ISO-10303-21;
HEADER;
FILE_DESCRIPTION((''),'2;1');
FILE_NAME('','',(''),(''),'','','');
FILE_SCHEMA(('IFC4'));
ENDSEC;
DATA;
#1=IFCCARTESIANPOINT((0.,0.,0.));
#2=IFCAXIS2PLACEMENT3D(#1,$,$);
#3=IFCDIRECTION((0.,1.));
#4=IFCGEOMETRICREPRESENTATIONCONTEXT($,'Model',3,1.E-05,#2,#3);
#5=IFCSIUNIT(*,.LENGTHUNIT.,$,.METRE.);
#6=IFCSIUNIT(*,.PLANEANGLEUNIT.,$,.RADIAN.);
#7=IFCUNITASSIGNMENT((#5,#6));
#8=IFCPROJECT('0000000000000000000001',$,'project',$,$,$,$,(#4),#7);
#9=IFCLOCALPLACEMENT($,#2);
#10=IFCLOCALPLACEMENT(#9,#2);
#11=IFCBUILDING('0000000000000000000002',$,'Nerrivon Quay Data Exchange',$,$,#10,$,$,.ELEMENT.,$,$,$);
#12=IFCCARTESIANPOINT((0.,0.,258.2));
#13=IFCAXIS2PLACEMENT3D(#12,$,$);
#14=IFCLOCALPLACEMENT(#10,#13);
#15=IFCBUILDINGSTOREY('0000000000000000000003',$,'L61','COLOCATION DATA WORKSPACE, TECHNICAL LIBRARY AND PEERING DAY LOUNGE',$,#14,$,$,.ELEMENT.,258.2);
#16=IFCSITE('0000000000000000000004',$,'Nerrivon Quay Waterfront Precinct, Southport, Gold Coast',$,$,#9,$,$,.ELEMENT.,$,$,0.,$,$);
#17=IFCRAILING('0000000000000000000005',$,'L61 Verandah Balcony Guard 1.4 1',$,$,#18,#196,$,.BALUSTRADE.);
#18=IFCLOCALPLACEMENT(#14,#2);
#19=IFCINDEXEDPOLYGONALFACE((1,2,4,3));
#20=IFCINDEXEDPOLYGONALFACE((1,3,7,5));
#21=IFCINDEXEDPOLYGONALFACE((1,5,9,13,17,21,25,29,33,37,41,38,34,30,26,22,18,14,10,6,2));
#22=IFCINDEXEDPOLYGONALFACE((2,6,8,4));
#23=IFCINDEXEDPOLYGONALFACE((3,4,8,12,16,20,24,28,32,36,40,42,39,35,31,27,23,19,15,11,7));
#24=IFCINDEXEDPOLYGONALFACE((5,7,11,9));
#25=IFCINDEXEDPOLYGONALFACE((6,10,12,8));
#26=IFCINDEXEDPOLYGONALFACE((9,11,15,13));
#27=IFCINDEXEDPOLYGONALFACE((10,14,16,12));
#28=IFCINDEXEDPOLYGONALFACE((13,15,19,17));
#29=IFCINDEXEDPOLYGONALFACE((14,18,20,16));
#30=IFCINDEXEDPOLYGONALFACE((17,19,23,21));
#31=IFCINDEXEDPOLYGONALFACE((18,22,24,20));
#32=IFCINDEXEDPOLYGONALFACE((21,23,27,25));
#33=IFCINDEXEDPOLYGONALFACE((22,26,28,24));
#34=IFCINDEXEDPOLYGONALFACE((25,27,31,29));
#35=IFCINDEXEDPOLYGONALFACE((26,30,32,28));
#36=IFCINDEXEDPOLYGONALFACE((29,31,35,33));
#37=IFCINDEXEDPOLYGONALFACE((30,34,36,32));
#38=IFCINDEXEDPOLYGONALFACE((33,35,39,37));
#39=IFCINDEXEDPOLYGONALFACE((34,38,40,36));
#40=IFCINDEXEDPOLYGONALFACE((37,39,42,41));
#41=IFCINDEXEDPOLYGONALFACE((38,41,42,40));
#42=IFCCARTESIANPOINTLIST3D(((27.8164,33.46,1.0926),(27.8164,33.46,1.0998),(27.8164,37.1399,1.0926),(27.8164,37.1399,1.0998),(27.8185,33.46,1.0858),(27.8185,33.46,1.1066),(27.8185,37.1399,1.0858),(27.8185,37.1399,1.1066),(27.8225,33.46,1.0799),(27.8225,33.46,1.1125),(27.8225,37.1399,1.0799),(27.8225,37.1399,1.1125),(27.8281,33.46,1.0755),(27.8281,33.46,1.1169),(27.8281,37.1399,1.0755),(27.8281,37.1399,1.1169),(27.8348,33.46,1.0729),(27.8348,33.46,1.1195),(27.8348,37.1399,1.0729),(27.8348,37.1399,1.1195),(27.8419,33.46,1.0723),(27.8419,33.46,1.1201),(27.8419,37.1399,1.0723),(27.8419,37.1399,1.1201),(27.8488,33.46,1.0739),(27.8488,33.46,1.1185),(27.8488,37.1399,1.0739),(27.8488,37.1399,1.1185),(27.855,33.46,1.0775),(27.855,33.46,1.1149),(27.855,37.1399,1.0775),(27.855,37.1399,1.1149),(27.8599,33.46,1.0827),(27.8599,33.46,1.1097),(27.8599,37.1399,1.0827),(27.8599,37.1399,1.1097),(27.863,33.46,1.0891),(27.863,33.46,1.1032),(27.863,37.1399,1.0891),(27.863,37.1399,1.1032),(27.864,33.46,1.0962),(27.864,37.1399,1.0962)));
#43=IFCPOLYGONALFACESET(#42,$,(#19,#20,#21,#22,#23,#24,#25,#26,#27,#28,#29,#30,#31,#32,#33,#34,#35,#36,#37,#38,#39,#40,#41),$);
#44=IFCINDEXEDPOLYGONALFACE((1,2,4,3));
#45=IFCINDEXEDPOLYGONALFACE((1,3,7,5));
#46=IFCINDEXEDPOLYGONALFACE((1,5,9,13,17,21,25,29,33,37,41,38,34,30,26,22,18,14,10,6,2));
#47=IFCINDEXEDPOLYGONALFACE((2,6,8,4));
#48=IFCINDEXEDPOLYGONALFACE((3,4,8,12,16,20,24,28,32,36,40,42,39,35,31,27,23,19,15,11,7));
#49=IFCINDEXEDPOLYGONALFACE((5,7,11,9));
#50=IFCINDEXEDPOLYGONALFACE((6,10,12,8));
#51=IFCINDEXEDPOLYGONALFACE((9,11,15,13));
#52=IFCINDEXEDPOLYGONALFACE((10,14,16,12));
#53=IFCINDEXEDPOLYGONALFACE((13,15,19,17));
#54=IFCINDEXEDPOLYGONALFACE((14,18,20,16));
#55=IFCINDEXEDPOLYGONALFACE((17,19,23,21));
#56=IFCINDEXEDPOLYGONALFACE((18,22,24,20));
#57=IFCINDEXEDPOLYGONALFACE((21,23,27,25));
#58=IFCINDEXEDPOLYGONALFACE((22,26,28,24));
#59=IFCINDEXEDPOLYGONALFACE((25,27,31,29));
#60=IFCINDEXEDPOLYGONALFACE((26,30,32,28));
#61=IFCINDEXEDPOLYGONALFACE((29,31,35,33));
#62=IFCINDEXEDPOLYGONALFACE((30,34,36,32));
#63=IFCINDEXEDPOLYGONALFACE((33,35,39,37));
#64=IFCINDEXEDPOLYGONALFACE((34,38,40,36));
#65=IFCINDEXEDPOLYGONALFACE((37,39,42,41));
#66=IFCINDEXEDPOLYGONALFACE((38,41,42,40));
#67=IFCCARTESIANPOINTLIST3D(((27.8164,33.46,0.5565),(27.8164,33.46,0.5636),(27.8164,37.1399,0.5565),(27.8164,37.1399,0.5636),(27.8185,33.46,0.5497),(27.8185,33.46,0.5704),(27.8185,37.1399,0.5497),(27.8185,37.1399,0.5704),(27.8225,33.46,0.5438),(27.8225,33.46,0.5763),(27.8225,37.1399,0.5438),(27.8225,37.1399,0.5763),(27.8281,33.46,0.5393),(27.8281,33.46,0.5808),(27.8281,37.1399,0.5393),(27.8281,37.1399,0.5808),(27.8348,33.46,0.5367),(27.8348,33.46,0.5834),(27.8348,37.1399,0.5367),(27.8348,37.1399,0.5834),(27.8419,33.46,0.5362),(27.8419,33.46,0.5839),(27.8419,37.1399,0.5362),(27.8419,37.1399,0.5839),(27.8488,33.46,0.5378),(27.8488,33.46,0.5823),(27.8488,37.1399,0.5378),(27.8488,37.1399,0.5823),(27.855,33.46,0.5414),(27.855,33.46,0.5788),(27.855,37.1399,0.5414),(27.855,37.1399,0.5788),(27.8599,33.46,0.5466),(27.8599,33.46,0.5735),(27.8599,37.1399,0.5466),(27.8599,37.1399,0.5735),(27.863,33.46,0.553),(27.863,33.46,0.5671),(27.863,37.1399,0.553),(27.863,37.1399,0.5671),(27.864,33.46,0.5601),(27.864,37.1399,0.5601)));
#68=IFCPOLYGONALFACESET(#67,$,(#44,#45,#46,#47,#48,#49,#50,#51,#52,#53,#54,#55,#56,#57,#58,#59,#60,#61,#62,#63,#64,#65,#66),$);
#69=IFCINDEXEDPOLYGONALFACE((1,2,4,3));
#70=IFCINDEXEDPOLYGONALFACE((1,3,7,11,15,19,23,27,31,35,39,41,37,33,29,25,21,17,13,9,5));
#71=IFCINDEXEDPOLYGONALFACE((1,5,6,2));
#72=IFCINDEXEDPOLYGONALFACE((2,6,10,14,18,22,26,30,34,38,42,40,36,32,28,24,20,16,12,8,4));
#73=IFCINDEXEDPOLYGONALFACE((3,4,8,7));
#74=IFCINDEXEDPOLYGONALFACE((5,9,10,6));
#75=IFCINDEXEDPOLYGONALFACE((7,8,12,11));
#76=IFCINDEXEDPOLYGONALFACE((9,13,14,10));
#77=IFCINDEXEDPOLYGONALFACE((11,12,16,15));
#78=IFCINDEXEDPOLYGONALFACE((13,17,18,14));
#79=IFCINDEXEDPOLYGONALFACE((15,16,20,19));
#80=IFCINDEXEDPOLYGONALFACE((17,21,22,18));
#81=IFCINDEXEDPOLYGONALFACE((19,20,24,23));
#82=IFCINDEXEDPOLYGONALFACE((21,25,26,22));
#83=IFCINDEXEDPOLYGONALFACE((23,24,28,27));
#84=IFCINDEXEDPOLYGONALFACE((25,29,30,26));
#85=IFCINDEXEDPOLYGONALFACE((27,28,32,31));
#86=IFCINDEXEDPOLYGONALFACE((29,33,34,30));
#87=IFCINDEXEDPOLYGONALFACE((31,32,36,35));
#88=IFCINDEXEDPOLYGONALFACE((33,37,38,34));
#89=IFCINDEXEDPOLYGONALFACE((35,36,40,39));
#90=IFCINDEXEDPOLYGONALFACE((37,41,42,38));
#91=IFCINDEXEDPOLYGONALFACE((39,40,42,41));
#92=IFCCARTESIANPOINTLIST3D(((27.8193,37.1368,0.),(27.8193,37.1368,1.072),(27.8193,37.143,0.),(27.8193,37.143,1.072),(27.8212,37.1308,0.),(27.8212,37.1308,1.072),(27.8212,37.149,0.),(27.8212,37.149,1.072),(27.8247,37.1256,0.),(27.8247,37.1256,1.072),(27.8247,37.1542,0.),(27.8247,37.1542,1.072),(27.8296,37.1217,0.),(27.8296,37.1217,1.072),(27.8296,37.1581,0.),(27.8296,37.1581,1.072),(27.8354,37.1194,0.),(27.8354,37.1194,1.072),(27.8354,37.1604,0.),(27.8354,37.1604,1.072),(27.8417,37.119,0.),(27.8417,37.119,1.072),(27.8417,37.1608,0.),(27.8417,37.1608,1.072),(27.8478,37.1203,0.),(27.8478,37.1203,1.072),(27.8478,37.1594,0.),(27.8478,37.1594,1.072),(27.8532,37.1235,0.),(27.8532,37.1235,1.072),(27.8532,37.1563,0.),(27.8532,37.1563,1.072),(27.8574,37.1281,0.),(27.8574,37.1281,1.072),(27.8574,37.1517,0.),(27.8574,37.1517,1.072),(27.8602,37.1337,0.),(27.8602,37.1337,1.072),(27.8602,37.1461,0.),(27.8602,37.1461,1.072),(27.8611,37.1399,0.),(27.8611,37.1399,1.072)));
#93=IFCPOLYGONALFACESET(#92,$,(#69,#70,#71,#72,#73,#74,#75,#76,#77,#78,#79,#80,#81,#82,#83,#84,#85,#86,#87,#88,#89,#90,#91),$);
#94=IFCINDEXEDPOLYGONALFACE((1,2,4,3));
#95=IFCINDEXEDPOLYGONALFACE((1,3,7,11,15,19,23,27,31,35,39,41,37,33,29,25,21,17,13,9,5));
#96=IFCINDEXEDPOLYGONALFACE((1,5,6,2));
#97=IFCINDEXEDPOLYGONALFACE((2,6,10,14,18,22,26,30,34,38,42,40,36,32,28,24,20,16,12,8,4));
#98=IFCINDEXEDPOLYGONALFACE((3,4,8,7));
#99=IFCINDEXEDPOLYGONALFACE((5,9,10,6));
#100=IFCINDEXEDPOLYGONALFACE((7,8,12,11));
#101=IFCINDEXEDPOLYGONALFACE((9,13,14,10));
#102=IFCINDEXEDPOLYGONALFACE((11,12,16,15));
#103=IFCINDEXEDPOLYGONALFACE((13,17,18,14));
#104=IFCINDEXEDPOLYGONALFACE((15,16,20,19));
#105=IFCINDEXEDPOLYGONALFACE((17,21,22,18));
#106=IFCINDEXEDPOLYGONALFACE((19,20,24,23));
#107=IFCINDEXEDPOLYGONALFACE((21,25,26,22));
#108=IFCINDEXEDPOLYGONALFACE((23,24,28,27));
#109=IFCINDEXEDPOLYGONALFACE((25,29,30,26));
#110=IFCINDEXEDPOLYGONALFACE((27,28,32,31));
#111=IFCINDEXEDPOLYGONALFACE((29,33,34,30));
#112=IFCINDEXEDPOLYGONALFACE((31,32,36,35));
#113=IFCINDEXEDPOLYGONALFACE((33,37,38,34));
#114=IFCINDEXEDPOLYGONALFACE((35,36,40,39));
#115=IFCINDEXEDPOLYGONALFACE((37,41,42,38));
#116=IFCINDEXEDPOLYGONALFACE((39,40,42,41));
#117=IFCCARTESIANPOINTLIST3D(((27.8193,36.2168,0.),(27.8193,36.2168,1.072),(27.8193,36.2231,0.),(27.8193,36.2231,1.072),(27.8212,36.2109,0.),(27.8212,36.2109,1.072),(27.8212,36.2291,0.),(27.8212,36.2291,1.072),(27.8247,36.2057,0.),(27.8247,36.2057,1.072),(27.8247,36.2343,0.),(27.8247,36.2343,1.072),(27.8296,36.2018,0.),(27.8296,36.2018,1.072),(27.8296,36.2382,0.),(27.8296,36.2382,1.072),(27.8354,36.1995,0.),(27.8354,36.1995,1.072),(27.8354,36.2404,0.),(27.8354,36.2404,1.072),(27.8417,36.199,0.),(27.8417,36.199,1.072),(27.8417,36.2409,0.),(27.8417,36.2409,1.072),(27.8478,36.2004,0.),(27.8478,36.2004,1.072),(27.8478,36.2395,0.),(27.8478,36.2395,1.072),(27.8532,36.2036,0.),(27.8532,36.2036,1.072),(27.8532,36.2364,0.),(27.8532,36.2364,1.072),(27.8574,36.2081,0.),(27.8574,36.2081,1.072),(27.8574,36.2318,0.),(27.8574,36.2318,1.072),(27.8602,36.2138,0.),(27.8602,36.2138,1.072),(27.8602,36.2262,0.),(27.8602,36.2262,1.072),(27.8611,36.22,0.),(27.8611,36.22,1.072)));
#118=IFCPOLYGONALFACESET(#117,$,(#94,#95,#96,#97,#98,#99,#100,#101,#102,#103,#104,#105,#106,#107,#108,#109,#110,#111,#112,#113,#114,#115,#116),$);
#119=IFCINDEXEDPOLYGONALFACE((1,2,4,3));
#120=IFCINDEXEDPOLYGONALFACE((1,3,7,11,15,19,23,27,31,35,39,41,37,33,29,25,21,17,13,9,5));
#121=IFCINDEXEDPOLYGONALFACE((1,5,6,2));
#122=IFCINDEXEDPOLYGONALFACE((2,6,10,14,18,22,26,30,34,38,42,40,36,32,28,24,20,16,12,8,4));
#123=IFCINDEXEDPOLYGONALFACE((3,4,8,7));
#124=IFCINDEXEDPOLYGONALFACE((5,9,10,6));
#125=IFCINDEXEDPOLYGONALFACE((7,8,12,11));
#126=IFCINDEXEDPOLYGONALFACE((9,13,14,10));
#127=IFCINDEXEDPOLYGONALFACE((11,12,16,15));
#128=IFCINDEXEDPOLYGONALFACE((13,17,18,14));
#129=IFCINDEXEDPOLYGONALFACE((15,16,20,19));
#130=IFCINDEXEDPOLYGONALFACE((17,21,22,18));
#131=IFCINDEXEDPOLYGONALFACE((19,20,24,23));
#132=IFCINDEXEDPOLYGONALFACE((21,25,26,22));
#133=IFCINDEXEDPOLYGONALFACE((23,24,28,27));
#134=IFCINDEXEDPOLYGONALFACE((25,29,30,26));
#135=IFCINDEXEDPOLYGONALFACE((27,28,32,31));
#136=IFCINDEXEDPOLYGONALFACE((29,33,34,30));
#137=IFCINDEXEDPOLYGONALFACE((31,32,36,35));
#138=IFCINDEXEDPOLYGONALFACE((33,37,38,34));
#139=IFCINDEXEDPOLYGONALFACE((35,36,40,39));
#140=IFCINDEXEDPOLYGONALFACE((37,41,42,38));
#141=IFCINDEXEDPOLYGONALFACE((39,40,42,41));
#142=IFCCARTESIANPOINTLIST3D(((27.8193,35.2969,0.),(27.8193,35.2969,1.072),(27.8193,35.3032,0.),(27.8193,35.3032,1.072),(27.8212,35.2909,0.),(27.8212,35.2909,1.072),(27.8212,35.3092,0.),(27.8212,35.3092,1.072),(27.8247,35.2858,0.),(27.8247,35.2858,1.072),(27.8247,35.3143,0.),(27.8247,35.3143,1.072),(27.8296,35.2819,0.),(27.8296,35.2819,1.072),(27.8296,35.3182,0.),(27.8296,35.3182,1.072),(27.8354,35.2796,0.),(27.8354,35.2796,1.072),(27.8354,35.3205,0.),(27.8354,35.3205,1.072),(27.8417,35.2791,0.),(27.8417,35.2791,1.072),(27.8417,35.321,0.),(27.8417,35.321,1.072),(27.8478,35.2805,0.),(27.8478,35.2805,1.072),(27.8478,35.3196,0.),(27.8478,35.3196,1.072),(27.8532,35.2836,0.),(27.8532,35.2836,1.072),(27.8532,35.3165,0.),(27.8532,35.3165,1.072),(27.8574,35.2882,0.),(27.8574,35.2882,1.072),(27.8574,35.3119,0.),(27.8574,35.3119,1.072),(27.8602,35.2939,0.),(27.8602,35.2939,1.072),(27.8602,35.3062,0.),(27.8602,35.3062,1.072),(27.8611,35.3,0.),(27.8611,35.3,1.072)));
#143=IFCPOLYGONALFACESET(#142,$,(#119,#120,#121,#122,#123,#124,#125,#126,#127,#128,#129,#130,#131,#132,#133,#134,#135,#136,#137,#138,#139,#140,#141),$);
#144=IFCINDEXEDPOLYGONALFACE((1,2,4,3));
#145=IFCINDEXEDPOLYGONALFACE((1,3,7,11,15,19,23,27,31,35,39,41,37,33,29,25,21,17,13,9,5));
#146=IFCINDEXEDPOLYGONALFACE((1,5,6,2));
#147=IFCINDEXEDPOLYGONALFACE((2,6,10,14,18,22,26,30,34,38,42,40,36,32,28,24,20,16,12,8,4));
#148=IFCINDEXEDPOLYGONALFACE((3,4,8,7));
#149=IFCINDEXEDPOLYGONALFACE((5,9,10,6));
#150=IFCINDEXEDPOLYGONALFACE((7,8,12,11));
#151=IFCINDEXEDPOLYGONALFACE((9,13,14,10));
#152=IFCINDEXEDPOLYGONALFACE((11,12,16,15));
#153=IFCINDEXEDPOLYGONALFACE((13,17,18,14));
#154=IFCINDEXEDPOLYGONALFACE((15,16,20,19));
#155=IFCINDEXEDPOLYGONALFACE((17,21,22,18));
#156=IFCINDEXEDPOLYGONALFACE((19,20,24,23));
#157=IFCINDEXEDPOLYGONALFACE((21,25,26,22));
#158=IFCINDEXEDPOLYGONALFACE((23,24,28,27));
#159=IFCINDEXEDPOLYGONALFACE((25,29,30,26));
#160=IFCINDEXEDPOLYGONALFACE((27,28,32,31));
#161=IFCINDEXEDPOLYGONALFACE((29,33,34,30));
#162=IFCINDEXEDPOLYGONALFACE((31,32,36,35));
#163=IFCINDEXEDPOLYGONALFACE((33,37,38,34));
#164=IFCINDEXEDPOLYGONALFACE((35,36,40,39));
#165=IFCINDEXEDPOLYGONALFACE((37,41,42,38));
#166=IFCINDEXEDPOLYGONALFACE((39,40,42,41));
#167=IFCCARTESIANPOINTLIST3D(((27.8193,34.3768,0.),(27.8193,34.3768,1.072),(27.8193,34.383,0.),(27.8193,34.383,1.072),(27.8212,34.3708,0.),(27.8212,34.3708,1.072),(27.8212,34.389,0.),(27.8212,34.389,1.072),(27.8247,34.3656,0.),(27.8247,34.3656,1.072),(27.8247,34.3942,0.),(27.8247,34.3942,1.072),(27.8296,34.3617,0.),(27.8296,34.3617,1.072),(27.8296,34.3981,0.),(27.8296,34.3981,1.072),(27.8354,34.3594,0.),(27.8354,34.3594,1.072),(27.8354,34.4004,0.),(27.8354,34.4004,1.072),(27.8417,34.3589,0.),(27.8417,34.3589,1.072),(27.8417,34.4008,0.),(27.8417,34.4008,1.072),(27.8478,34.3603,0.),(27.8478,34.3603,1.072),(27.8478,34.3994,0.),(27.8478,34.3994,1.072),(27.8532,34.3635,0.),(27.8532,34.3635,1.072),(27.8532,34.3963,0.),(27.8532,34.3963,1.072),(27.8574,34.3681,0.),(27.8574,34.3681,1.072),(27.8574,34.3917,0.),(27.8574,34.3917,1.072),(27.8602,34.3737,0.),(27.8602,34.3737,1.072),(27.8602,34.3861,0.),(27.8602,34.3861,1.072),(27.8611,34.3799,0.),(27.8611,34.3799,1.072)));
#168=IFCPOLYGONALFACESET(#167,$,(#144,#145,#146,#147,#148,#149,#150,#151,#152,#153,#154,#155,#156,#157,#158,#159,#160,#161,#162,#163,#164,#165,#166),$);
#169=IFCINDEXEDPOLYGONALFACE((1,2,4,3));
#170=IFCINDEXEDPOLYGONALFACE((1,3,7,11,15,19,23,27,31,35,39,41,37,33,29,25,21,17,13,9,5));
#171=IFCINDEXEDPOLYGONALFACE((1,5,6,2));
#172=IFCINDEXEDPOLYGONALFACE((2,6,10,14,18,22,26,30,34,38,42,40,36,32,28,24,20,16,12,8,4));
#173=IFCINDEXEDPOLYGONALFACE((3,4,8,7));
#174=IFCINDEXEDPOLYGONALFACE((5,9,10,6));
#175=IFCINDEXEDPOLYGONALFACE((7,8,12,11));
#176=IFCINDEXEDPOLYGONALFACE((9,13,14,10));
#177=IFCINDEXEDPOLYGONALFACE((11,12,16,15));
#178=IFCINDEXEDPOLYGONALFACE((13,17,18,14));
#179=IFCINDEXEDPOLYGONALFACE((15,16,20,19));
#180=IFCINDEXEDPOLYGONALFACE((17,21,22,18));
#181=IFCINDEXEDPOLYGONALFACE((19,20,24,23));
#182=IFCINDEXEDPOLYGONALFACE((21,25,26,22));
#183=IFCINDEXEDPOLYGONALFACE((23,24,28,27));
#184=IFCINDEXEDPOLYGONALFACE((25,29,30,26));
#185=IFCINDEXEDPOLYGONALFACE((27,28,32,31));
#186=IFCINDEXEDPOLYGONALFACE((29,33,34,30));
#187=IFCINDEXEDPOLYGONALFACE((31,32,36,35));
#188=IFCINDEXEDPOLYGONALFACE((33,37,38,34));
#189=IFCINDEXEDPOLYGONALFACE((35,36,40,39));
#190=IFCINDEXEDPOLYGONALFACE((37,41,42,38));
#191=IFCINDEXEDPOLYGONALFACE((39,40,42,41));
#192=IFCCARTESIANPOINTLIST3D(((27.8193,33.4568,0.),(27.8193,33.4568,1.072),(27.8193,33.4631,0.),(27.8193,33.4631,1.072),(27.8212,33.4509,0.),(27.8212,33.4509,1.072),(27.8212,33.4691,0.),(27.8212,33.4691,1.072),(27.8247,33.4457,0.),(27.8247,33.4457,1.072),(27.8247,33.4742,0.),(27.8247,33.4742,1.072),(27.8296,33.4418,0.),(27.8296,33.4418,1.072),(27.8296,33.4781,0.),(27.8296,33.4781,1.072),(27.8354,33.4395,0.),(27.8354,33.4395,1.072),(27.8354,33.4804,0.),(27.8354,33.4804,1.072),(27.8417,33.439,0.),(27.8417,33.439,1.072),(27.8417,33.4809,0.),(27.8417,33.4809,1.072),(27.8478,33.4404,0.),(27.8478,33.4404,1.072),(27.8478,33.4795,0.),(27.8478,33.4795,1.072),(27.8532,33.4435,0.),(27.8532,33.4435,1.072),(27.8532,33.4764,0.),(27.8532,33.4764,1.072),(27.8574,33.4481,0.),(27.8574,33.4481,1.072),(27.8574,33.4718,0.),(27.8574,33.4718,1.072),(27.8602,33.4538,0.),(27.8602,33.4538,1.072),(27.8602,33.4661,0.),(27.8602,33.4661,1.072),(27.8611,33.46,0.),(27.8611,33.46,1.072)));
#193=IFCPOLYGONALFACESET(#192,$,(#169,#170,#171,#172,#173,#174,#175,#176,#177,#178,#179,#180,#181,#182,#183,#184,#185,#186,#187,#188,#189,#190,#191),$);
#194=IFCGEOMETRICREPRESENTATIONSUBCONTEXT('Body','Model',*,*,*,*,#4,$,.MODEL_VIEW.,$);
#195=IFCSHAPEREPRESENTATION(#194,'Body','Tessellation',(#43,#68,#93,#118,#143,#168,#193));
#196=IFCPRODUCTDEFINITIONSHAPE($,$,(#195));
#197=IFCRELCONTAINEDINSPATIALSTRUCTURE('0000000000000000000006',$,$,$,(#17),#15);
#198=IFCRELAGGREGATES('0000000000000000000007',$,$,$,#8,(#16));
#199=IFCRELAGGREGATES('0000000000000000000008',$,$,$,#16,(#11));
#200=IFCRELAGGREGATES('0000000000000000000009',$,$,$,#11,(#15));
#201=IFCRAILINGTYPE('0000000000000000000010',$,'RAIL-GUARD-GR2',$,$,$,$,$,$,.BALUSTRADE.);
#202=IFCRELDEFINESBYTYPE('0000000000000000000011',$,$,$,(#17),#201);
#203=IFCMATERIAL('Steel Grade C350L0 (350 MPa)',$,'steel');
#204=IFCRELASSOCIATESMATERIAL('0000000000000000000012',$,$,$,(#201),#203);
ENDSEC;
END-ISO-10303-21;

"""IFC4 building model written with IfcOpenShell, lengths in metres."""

from ifc_helpers import new_model, si_unit, direction, frame, origin, origin_2d, place, context, subcontext, project, spatial, circle, extrude, material, type_object, element, save


model = new_model("IFC4")

# Units and contexts
model_context = context("Model", 3, precision=1e-05, world=origin(), true_north=direction((0.0, 1.0)))
body_context = subcontext(model_context, "Body", "Model", "MODEL_VIEW")
ifc_project = project(units=[si_unit("LENGTHUNIT", "METRE"), si_unit("PLANEANGLEUNIT", "RADIAN")], contexts=[model_context])

# Site, building, storey
site_placement = place(None, origin())
site = spatial("IfcSite", under=ifc_project, at=site_placement, Name="Nerrivon Quay Waterfront Precinct, Southport, Gold Coast", CompositionType="ELEMENT", RefElevation=0.0)
building_placement = place(site_placement, origin())
building = spatial("IfcBuilding", under=site, at=building_placement, Name="Nerrivon Quay Data Exchange", CompositionType="ELEMENT")
storey_placement = place(building_placement, frame((0.0, 0.0, 258.2)))
storey = spatial("IfcBuildingStorey", under=building, at=storey_placement, Name="L61", Description="COLOCATION DATA WORKSPACE, TECHNICAL LIBRARY AND PEERING DAY LOUNGE", CompositionType="ELEMENT", Elevation=258.2)

# Shared definitions
ifc_material_1 = material(Name="Steel Grade C350L0 (350 MPa)", Category="steel")

# Railing
railing_type = type_object("IfcRailingType", Name="RAIL-GUARD-GR2", PredefinedType="BALUSTRADE", material=ifc_material_1)
railing_1_placement = place(storey_placement, frame((27.8401, 37.1399, 0.0)))
element("IfcRailing", 1, at=railing_1_placement, inside=storey, type_object=railing_type, Name="L61 Verandah Balcony Guard 1.4 1", PredefinedType="BALUSTRADE", context=body_context, shape_type="SweptSolid", body=[
    extrude(circle(Radius=0.0239, at=origin_2d()), frame((0.0, 0.0, 1.0962), z_axis=(0.0, -1.0, 0.0), x_axis=(1.0, 0.0, 0.0)), (0.0, 0.0, 1.0), 3.6799),
    extrude(circle(Radius=0.0239, at=origin_2d()), frame((0.0, 0.0, 0.5601), z_axis=(0.0, -1.0, 0.0), x_axis=(1.0, 0.0, 0.0)), (0.0, 0.0, 1.0), 3.6799),
    extrude(circle(Radius=0.021, at=origin_2d()), origin(), (0.0, 0.0, 1.0), 1.072),
    extrude(circle(Radius=0.021, at=origin_2d()), frame((0.0, -0.9199, 0.0)), (0.0, 0.0, 1.0), 1.072),
    extrude(circle(Radius=0.021, at=origin_2d()), frame((0.0, -1.8398, 0.0)), (0.0, 0.0, 1.0), 1.072),
    extrude(circle(Radius=0.021, at=origin_2d()), frame((0.0, -2.76, 0.0)), (0.0, 0.0, 1.0), 1.072),
    extrude(circle(Radius=0.021, at=origin_2d()), frame((0.0, -3.6799, 0.0)), (0.0, 0.0, 1.0), 1.072),
])

save(model, "model.ifc")
